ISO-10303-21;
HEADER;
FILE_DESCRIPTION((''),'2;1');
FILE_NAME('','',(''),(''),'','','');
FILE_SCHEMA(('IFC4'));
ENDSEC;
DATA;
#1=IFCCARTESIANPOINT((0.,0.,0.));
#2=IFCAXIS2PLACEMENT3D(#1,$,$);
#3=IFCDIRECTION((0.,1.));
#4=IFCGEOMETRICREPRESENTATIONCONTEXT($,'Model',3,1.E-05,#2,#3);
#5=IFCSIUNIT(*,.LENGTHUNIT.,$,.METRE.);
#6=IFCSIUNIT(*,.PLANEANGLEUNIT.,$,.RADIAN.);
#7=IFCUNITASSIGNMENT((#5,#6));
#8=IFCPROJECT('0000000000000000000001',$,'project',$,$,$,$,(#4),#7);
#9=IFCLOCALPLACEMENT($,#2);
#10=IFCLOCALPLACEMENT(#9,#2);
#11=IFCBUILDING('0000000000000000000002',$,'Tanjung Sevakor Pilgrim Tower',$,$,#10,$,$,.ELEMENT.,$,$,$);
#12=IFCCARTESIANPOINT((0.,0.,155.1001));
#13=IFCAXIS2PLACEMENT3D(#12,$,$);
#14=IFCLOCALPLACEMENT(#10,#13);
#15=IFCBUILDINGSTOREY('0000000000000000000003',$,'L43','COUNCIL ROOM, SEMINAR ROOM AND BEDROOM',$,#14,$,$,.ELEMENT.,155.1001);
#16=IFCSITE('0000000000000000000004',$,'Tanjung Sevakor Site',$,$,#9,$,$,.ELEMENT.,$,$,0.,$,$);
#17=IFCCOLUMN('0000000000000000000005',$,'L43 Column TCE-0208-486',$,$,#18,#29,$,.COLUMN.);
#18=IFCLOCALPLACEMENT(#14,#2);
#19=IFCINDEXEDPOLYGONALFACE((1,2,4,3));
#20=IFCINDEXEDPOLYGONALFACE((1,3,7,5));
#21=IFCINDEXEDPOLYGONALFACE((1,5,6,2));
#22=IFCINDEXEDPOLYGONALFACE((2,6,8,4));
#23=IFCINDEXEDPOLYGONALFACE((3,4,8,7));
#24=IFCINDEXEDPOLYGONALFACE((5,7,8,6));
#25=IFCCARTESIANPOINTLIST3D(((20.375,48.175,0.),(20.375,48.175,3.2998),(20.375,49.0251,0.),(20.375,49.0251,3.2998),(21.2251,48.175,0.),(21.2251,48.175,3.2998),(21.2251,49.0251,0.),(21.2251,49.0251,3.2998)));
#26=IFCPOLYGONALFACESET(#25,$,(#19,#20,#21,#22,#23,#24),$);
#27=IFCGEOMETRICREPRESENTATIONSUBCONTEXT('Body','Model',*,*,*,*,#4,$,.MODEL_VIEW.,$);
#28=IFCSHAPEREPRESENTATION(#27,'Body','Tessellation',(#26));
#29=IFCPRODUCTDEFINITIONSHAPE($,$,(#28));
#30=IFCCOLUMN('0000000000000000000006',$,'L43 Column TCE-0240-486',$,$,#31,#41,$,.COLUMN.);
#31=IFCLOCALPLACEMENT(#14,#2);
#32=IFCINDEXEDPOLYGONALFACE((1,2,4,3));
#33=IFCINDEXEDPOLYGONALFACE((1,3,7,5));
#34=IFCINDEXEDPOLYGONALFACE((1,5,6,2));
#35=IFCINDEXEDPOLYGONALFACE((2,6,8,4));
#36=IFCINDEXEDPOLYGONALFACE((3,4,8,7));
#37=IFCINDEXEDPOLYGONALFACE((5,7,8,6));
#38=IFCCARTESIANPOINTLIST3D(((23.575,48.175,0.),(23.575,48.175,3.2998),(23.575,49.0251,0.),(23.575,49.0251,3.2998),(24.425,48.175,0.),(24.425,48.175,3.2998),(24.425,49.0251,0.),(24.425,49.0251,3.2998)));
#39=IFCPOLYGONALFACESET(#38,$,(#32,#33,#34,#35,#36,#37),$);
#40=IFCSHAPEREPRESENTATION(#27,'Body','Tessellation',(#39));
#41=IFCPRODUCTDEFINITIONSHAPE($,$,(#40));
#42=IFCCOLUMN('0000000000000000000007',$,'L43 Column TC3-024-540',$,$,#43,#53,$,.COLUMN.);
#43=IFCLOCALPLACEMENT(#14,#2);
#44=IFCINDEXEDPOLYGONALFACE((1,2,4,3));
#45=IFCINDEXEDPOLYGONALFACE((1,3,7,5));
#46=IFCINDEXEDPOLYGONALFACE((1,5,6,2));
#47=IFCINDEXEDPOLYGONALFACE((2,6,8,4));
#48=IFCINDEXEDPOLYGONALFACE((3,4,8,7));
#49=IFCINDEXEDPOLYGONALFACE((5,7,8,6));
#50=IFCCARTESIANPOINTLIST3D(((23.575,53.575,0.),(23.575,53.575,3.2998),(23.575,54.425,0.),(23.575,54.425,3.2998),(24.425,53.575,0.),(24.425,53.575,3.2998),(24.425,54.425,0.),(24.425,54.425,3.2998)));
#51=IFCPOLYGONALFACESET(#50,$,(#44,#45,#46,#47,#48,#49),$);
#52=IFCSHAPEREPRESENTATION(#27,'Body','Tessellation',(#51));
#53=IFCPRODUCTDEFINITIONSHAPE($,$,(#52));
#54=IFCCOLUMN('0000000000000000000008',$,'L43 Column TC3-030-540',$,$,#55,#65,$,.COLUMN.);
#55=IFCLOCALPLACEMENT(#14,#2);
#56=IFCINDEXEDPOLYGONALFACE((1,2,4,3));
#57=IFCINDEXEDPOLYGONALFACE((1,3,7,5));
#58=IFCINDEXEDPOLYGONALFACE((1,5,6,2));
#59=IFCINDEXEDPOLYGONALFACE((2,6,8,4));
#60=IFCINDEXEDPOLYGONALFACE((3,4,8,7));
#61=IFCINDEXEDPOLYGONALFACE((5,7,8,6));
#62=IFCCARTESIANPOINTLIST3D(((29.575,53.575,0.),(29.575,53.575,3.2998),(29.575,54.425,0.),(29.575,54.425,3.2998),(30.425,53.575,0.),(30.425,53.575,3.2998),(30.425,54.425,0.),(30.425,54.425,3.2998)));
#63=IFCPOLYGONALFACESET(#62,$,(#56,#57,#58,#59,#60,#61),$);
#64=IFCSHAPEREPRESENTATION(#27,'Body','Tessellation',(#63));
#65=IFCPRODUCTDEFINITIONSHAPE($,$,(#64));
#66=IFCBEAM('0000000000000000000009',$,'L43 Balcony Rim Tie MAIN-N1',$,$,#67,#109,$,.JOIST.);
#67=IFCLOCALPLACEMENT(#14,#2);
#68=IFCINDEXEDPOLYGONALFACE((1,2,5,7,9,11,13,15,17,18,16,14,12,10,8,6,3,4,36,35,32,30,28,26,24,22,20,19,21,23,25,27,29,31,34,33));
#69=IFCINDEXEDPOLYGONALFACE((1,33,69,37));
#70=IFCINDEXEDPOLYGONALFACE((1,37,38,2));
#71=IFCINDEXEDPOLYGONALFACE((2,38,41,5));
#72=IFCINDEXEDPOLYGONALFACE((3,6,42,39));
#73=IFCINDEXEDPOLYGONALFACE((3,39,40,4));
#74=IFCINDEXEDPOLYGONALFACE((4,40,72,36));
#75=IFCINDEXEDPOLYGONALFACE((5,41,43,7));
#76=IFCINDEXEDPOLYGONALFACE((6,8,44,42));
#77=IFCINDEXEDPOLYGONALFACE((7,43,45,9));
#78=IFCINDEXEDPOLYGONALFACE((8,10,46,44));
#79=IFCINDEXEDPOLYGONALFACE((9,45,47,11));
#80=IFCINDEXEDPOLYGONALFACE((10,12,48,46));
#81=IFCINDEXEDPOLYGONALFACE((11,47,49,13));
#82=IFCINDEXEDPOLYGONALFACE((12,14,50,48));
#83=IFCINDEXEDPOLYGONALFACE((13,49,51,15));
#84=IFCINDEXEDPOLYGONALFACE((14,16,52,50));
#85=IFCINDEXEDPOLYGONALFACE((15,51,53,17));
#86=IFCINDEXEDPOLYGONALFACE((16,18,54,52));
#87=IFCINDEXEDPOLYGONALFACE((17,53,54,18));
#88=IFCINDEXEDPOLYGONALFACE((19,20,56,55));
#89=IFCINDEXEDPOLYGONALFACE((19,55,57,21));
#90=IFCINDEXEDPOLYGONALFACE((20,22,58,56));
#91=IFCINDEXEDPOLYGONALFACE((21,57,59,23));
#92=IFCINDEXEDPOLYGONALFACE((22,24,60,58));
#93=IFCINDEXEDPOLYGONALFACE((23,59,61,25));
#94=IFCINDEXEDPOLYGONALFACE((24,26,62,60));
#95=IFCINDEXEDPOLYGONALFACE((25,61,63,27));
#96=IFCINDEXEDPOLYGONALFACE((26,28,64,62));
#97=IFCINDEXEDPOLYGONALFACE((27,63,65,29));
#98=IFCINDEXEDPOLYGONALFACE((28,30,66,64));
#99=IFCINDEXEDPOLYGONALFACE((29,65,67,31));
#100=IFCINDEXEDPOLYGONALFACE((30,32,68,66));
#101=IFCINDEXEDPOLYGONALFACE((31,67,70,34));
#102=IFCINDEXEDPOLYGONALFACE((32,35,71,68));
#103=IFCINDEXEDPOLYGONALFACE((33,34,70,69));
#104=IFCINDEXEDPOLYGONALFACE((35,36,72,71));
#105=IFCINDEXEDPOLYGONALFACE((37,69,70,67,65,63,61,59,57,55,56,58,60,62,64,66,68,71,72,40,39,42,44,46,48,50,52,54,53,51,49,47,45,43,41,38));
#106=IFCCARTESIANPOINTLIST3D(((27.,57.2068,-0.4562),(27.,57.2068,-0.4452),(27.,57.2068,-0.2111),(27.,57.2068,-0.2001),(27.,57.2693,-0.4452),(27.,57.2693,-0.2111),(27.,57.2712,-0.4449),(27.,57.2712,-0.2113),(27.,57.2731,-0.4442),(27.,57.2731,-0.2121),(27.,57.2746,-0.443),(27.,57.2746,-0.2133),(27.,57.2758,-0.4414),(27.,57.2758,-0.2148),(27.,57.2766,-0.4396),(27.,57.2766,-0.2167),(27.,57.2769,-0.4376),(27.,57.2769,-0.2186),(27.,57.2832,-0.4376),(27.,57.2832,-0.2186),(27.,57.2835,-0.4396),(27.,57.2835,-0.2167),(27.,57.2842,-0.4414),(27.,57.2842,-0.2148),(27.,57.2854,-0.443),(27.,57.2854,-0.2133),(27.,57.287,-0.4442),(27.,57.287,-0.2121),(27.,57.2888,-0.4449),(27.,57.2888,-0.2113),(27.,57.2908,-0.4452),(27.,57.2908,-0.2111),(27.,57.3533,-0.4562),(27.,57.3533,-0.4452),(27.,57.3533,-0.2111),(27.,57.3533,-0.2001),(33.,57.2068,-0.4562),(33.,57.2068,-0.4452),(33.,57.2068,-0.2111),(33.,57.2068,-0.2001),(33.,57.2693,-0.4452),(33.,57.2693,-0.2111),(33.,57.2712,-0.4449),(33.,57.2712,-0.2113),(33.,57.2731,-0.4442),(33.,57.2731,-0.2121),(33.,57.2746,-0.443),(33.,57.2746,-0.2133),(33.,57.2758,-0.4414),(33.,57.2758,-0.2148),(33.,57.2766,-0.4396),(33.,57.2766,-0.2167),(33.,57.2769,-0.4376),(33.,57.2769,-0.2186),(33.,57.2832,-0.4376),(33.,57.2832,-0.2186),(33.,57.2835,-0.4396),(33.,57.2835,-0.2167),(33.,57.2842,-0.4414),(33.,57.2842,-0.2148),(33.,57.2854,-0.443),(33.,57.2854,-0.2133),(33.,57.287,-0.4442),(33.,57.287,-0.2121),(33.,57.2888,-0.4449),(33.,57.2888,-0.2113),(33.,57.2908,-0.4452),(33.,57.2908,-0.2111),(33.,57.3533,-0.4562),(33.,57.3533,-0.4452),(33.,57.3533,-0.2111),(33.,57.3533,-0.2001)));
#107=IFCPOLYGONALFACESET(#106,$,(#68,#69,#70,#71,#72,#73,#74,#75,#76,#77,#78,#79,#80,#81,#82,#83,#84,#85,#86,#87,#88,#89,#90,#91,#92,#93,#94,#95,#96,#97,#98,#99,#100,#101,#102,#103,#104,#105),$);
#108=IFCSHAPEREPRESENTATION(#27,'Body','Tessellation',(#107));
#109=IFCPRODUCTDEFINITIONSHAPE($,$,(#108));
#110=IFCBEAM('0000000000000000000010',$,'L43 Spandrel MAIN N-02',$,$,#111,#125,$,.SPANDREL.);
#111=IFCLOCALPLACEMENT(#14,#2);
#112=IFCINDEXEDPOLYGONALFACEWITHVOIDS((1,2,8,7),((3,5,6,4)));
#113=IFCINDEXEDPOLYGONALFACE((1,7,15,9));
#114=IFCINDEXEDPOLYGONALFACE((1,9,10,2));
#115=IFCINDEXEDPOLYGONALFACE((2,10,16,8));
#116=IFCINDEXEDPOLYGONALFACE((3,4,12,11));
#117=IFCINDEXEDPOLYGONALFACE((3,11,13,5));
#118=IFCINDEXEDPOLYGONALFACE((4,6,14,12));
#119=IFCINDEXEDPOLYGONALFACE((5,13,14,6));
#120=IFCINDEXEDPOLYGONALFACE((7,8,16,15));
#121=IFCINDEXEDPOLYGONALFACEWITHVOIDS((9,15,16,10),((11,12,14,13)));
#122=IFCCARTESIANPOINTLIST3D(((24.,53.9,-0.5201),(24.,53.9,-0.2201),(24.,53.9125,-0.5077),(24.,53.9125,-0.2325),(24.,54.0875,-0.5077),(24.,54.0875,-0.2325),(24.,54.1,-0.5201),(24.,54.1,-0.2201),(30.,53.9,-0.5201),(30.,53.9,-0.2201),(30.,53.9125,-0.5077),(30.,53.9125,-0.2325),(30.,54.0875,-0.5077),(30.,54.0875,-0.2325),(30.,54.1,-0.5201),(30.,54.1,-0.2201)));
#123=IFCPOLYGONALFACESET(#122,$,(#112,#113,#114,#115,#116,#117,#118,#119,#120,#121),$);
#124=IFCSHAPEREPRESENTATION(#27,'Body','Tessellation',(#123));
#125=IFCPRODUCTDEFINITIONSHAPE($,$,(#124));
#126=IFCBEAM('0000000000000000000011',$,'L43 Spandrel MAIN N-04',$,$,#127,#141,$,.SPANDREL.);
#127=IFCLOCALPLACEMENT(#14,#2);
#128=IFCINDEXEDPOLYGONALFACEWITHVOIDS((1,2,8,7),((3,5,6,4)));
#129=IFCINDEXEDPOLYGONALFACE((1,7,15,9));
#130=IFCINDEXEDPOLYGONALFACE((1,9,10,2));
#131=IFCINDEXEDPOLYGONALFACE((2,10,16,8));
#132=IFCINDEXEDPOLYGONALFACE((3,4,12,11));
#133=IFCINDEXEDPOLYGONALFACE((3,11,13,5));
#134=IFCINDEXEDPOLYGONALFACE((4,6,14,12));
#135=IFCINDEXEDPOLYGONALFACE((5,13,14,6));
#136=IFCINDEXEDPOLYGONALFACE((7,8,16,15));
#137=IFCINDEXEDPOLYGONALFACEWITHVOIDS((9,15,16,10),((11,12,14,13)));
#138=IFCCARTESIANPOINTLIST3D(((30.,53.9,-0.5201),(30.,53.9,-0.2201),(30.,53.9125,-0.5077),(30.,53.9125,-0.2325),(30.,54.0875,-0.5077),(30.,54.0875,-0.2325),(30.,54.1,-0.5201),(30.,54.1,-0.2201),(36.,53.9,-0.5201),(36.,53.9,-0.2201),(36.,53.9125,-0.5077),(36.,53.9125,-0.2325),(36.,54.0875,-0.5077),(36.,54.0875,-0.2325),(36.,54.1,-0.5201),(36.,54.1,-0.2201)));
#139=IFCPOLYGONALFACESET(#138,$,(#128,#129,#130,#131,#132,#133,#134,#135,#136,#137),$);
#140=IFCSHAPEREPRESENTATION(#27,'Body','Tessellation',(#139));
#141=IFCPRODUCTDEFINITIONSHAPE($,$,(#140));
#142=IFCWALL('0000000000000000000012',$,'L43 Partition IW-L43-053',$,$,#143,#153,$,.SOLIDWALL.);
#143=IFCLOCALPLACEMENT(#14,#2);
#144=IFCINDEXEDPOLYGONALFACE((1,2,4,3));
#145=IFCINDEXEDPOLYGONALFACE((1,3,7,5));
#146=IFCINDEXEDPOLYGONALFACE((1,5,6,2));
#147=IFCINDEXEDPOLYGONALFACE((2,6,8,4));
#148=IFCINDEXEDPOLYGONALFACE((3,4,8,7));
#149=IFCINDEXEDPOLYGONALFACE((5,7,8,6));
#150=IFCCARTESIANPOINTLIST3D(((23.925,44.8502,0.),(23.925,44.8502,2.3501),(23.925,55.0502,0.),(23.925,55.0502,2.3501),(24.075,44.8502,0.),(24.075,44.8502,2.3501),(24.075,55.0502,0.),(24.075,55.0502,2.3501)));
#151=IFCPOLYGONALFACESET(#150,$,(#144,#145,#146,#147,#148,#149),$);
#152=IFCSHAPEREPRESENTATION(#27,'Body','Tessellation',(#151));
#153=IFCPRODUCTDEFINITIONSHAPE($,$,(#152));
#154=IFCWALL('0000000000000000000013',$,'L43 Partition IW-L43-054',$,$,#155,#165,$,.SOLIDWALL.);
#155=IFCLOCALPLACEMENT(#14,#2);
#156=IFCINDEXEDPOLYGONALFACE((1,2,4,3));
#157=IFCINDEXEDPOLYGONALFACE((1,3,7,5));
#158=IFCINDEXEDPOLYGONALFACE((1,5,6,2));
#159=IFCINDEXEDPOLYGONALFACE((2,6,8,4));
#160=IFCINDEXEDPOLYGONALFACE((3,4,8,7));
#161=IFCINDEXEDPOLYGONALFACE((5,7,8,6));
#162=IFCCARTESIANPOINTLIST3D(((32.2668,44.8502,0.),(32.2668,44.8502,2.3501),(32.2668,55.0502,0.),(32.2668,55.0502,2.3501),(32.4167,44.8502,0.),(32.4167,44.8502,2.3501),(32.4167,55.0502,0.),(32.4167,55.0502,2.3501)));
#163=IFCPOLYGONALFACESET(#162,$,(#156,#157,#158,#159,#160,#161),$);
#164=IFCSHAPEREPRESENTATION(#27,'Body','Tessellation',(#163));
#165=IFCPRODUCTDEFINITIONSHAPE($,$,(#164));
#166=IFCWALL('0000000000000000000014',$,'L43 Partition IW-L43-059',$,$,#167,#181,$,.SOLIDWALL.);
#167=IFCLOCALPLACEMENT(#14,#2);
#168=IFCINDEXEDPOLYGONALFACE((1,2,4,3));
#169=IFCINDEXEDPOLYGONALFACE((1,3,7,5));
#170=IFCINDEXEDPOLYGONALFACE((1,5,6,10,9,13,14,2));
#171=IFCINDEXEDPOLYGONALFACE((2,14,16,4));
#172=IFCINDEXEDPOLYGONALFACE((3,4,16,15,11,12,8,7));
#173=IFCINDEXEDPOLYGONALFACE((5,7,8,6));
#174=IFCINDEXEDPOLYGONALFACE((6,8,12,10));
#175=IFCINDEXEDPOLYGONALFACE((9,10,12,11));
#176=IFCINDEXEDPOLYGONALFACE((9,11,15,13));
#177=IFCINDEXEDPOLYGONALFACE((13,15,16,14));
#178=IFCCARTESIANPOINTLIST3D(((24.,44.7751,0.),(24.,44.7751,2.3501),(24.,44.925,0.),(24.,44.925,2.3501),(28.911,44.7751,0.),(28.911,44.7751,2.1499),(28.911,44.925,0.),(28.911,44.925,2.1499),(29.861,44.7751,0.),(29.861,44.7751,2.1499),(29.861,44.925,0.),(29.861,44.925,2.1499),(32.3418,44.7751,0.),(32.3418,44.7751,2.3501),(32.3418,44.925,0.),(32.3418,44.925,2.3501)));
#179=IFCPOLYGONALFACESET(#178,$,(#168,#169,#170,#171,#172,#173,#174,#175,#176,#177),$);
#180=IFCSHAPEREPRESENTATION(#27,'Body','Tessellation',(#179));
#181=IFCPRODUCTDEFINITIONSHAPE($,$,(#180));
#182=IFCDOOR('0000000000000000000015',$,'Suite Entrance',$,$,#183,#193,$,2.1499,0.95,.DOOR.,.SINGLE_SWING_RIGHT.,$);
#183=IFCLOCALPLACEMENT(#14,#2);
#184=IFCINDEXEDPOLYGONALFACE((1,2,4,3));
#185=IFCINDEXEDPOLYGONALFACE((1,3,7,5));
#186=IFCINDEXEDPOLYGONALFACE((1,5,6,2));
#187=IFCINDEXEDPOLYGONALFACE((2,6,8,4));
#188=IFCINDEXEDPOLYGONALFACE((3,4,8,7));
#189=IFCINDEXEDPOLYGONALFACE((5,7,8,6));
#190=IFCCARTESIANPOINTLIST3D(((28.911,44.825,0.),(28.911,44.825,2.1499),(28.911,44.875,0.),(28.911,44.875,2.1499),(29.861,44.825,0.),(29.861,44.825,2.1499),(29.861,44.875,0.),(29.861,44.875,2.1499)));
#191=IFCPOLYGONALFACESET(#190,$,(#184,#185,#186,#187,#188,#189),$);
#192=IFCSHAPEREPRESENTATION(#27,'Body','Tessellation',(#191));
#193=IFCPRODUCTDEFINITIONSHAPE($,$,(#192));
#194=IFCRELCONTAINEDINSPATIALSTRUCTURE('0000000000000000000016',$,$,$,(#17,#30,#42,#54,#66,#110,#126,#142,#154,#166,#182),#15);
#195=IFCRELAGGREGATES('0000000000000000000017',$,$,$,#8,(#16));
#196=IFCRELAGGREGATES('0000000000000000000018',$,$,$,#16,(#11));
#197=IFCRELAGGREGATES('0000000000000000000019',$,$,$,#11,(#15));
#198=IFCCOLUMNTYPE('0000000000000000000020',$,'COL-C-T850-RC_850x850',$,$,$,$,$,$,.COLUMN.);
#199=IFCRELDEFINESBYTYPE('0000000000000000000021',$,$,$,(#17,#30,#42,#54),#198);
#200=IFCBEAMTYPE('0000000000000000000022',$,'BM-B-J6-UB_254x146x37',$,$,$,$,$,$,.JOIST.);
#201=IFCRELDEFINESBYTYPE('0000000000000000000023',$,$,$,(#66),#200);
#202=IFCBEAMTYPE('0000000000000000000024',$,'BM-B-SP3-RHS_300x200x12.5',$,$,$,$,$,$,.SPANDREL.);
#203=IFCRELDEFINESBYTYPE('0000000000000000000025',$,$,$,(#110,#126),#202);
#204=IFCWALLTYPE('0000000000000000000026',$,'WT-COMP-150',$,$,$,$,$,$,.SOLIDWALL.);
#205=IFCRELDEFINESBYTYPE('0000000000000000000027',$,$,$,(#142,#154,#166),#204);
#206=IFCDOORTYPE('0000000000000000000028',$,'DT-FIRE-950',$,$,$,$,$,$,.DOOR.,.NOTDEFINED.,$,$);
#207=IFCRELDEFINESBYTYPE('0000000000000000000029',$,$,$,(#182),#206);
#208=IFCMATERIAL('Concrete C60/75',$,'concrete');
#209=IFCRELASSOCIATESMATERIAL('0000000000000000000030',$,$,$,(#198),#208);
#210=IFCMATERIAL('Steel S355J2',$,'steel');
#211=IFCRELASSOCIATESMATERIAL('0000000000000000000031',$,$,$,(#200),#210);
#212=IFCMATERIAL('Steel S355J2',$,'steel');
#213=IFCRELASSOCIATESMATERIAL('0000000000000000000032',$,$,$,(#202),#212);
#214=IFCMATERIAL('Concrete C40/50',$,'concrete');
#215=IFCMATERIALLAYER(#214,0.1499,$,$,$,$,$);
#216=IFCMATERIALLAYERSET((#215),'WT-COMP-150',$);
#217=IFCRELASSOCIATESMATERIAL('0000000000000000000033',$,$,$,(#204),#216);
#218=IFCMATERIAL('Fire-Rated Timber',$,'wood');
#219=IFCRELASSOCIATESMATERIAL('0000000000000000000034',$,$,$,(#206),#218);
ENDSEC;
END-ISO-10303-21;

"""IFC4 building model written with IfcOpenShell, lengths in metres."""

from ifc_helpers import new_model, si_unit, direction, frame, frame_2d, origin, origin_2d, place, context, subcontext, project, spatial, rectangle, hollow_rectangle, i_section, extrude, material, layer, layer_set, material_profile, profile_set, type_object, element, fill, save


model = new_model("IFC4")

# Units and contexts
model_context = context("Model", 3, precision=1e-05, world=origin(), true_north=direction((0.0, 1.0)))
body_context = subcontext(model_context, "Body", "Model", "MODEL_VIEW")
ifc_project = project(units=[si_unit("LENGTHUNIT", "METRE"), si_unit("PLANEANGLEUNIT", "RADIAN")], contexts=[model_context])

# Site, building, storey
site_placement = place(None, origin())
site = spatial("IfcSite", under=ifc_project, at=site_placement, Name="Tanjung Sevakor Site", CompositionType="ELEMENT", RefElevation=0.0)
building_placement = place(site_placement, origin())
building = spatial("IfcBuilding", under=site, at=building_placement, Name="Tanjung Sevakor Pilgrim Tower", CompositionType="ELEMENT")
storey_placement = place(building_placement, frame((0.0, 0.0, 155.1001)))
storey = spatial("IfcBuildingStorey", under=building, at=storey_placement, Name="L43", Description="COUNCIL ROOM, SEMINAR ROOM AND BEDROOM", CompositionType="ELEMENT", Elevation=155.1001)

# Columns
ifc_material_1 = material(Name="Concrete C60/75", Category="concrete")
ifc_material_profile_1 = material_profile(ifc_material_1, rectangle(XDim=0.8501, YDim=0.8501, at=origin_2d()))
ifc_profile_set_1 = profile_set([ifc_material_profile_1], Name="Concrete C60/75")
column_type = type_object("IfcColumnType", Name="COL-C-T850-RC_850x850", PredefinedType="COLUMN", material=ifc_profile_set_1)
for number, where, z_axis, x_axis, name in (
    (1, (20.8, 48.6001, 0.0), (0.0, 0.0, 1.0), (1.0, 0.0, 0.0), "L43 Column TCE-0208-486"),
    (2, (24.0, 48.6001, 0.0), (0.0, 0.0, 1.0), (1.0, 0.0, 0.0), "L43 Column TCE-0240-486"),
    (3, (24.0, 54.0, 0.0), (0.0, 0.0, 1.0), (1.0, 0.0, 0.0), "L43 Column TC3-024-540"),
    (4, (30.0, 54.0, 0.0), (0.0, 0.0, 1.0), (1.0, 0.0, 0.0), "L43 Column TC3-030-540"),
):
    element("IfcColumn", number, at=place(storey_placement, frame(where, z_axis=z_axis, x_axis=x_axis)), inside=storey, type_object=column_type, Name=name, PredefinedType="COLUMN", context=body_context, shape_type="SweptSolid", body=[
        extrude(rectangle(XDim=0.8501, YDim=0.8501, at=origin_2d()), origin(), (0.0, 0.0, 1.0), 3.2998),
    ])

# Beams
ifc_material_2 = material(Name="Steel S355J2", Category="steel")
ifc_material_profile_2 = material_profile(ifc_material_2, i_section(OverallWidth=0.1465, OverallDepth=0.2561, WebThickness=0.0063, FlangeThickness=0.011, FilletRadius=0.0076, at=origin_2d()))
ifc_profile_set_2 = profile_set([ifc_material_profile_2], Name="Steel S355J2")
beam_type_1 = type_object("IfcBeamType", Name="BM-B-J6-UB_254x146x37", PredefinedType="JOIST", material=ifc_profile_set_2)
beam_placement = place(storey_placement, frame((27.0, 57.28, -0.3281), z_axis=(1.0, 0.0, 0.0), x_axis=(0.0, 1.0, 0.0)))
element("IfcBeam", 5, at=beam_placement, inside=storey, type_object=beam_type_1, Name="L43 Balcony Rim Tie MAIN-N1", PredefinedType="JOIST", context=body_context, shape_type="SweptSolid", body=[
    extrude(i_section(OverallWidth=0.1465, OverallDepth=0.2561, WebThickness=0.0063, FlangeThickness=0.011, FilletRadius=0.0076, at=origin_2d()), origin(), (0.0, 0.0, 1.0), 6.0),
])
ifc_material_3 = material(Name="Steel S355J2", Category="steel")
ifc_material_profile_3 = material_profile(ifc_material_3, hollow_rectangle(XDim=0.2, YDim=0.3, WallThickness=0.0125, at=origin_2d()))
ifc_profile_set_3 = profile_set([ifc_material_profile_3], Name="Steel S355J2")
beam_type_2 = type_object("IfcBeamType", Name="BM-B-SP3-RHS_300x200x12.5", PredefinedType="SPANDREL", material=ifc_profile_set_3)
for number, where, z_axis, x_axis, name in (
    (6, (24.0, 54.0, -0.3701), (1.0, 0.0, 0.0), (0.0, 1.0, 0.0), "L43 Spandrel MAIN N-02"),
    (7, (30.0, 54.0, -0.3701), (1.0, 0.0, 0.0), (0.0, 1.0, 0.0), "L43 Spandrel MAIN N-04"),
):
    element("IfcBeam", number, at=place(storey_placement, frame(where, z_axis=z_axis, x_axis=x_axis)), inside=storey, type_object=beam_type_2, Name=name, PredefinedType="SPANDREL", context=body_context, shape_type="SweptSolid", body=[
        extrude(hollow_rectangle(XDim=0.2, YDim=0.3, WallThickness=0.0125, at=origin_2d()), origin(), (0.0, 0.0, 1.0), 6.0),
    ])

# Walls
ifc_material_4 = material(Name="Concrete C40/50", Category="concrete")
ifc_layer_1 = layer(ifc_material_4, 0.1499)
ifc_layer_set_1 = layer_set([ifc_layer_1], Name="WT-COMP-150")
wall_type_1 = type_object("IfcWallType", Name="WT-COMP-150", PredefinedType="SOLIDWALL", material=ifc_layer_set_1)
for number, where, z_axis, x_axis, name in (
    (8, (24.0, 44.8501, 0.0), (0.0, 0.0, 1.0), (0.0, 1.0, 0.0), "L43 Partition IW-L43-053"),
    (9, (32.3418, 44.8501, 0.0), (0.0, 0.0, 1.0), (0.0, 1.0, 0.0), "L43 Partition IW-L43-054"),
):
    element("IfcWall", number, at=place(storey_placement, frame(where, z_axis=z_axis, x_axis=x_axis)), inside=storey, type_object=wall_type_1, Name=name, PredefinedType="SOLIDWALL", context=body_context, shape_type="SweptSolid", body=[
        extrude(rectangle(XDim=10.2, YDim=0.1499, at=frame_2d((5.1001, 0.0))), origin(), (0.0, 0.0, 1.0), 2.3501),
    ])

# Wall, opening, door
wall_1_placement = place(storey_placement, frame((24.0, 44.8501, 0.0), z_axis=(0.0, 0.0, 1.0), x_axis=(1.0, 0.0, 0.0)))
wall_1 = element("IfcWall", 10, at=wall_1_placement, inside=storey, type_object=wall_type_1, Name="L43 Partition IW-L43-059", PredefinedType="SOLIDWALL", context=body_context, shape_type="SweptSolid", body=[
    extrude(rectangle(XDim=8.3418, YDim=0.1499, at=frame_2d((4.1709, 0.0))), origin(), (0.0, 0.0, 1.0), 2.3501),
])
opening_1_placement = place(wall_1_placement, frame((4.9109, 0.0, 0.0)))
opening_1 = element("IfcOpeningElement", 11, at=opening_1_placement, cuts=wall_1, PredefinedType="OPENING", context=body_context, shape_type="SweptSolid", body=[
    extrude(rectangle(XDim=0.95, YDim=2.1499, at=frame_2d((0.4751, 1.075))), frame((0.0, 0.085, 0.0), z_axis=(0.0, -1.0, 0.0), x_axis=(1.0, 0.0, 0.0)), (0.0, 0.0, 1.0), 0.1699),
])
ifc_material_5 = material(Name="Fire-Rated Timber", Category="wood")
door_type_1 = type_object("IfcDoorType", Name="DT-FIRE-950", OperationType="NOTDEFINED", PredefinedType="DOOR", material=ifc_material_5)
door_1_placement = place(opening_1_placement, origin())
door_1 = element("IfcDoor", 12, at=door_1_placement, inside=storey, type_object=door_type_1, Name="Suite Entrance", OperationType="SINGLE_SWING_RIGHT", OverallHeight=2.1499, OverallWidth=0.95, PredefinedType="DOOR", context=body_context, shape_type="SweptSolid", body=[
    extrude(rectangle(XDim=0.95, YDim=2.1499, at=frame_2d((0.4751, 1.075))), frame((0.0, 0.0249, 0.0), z_axis=(0.0, -1.0, 0.0), x_axis=(1.0, 0.0, 0.0)), (0.0, 0.0, 1.0), 0.05),
])
fill(opening_1, door_1)

save(model, "model.ifc")
